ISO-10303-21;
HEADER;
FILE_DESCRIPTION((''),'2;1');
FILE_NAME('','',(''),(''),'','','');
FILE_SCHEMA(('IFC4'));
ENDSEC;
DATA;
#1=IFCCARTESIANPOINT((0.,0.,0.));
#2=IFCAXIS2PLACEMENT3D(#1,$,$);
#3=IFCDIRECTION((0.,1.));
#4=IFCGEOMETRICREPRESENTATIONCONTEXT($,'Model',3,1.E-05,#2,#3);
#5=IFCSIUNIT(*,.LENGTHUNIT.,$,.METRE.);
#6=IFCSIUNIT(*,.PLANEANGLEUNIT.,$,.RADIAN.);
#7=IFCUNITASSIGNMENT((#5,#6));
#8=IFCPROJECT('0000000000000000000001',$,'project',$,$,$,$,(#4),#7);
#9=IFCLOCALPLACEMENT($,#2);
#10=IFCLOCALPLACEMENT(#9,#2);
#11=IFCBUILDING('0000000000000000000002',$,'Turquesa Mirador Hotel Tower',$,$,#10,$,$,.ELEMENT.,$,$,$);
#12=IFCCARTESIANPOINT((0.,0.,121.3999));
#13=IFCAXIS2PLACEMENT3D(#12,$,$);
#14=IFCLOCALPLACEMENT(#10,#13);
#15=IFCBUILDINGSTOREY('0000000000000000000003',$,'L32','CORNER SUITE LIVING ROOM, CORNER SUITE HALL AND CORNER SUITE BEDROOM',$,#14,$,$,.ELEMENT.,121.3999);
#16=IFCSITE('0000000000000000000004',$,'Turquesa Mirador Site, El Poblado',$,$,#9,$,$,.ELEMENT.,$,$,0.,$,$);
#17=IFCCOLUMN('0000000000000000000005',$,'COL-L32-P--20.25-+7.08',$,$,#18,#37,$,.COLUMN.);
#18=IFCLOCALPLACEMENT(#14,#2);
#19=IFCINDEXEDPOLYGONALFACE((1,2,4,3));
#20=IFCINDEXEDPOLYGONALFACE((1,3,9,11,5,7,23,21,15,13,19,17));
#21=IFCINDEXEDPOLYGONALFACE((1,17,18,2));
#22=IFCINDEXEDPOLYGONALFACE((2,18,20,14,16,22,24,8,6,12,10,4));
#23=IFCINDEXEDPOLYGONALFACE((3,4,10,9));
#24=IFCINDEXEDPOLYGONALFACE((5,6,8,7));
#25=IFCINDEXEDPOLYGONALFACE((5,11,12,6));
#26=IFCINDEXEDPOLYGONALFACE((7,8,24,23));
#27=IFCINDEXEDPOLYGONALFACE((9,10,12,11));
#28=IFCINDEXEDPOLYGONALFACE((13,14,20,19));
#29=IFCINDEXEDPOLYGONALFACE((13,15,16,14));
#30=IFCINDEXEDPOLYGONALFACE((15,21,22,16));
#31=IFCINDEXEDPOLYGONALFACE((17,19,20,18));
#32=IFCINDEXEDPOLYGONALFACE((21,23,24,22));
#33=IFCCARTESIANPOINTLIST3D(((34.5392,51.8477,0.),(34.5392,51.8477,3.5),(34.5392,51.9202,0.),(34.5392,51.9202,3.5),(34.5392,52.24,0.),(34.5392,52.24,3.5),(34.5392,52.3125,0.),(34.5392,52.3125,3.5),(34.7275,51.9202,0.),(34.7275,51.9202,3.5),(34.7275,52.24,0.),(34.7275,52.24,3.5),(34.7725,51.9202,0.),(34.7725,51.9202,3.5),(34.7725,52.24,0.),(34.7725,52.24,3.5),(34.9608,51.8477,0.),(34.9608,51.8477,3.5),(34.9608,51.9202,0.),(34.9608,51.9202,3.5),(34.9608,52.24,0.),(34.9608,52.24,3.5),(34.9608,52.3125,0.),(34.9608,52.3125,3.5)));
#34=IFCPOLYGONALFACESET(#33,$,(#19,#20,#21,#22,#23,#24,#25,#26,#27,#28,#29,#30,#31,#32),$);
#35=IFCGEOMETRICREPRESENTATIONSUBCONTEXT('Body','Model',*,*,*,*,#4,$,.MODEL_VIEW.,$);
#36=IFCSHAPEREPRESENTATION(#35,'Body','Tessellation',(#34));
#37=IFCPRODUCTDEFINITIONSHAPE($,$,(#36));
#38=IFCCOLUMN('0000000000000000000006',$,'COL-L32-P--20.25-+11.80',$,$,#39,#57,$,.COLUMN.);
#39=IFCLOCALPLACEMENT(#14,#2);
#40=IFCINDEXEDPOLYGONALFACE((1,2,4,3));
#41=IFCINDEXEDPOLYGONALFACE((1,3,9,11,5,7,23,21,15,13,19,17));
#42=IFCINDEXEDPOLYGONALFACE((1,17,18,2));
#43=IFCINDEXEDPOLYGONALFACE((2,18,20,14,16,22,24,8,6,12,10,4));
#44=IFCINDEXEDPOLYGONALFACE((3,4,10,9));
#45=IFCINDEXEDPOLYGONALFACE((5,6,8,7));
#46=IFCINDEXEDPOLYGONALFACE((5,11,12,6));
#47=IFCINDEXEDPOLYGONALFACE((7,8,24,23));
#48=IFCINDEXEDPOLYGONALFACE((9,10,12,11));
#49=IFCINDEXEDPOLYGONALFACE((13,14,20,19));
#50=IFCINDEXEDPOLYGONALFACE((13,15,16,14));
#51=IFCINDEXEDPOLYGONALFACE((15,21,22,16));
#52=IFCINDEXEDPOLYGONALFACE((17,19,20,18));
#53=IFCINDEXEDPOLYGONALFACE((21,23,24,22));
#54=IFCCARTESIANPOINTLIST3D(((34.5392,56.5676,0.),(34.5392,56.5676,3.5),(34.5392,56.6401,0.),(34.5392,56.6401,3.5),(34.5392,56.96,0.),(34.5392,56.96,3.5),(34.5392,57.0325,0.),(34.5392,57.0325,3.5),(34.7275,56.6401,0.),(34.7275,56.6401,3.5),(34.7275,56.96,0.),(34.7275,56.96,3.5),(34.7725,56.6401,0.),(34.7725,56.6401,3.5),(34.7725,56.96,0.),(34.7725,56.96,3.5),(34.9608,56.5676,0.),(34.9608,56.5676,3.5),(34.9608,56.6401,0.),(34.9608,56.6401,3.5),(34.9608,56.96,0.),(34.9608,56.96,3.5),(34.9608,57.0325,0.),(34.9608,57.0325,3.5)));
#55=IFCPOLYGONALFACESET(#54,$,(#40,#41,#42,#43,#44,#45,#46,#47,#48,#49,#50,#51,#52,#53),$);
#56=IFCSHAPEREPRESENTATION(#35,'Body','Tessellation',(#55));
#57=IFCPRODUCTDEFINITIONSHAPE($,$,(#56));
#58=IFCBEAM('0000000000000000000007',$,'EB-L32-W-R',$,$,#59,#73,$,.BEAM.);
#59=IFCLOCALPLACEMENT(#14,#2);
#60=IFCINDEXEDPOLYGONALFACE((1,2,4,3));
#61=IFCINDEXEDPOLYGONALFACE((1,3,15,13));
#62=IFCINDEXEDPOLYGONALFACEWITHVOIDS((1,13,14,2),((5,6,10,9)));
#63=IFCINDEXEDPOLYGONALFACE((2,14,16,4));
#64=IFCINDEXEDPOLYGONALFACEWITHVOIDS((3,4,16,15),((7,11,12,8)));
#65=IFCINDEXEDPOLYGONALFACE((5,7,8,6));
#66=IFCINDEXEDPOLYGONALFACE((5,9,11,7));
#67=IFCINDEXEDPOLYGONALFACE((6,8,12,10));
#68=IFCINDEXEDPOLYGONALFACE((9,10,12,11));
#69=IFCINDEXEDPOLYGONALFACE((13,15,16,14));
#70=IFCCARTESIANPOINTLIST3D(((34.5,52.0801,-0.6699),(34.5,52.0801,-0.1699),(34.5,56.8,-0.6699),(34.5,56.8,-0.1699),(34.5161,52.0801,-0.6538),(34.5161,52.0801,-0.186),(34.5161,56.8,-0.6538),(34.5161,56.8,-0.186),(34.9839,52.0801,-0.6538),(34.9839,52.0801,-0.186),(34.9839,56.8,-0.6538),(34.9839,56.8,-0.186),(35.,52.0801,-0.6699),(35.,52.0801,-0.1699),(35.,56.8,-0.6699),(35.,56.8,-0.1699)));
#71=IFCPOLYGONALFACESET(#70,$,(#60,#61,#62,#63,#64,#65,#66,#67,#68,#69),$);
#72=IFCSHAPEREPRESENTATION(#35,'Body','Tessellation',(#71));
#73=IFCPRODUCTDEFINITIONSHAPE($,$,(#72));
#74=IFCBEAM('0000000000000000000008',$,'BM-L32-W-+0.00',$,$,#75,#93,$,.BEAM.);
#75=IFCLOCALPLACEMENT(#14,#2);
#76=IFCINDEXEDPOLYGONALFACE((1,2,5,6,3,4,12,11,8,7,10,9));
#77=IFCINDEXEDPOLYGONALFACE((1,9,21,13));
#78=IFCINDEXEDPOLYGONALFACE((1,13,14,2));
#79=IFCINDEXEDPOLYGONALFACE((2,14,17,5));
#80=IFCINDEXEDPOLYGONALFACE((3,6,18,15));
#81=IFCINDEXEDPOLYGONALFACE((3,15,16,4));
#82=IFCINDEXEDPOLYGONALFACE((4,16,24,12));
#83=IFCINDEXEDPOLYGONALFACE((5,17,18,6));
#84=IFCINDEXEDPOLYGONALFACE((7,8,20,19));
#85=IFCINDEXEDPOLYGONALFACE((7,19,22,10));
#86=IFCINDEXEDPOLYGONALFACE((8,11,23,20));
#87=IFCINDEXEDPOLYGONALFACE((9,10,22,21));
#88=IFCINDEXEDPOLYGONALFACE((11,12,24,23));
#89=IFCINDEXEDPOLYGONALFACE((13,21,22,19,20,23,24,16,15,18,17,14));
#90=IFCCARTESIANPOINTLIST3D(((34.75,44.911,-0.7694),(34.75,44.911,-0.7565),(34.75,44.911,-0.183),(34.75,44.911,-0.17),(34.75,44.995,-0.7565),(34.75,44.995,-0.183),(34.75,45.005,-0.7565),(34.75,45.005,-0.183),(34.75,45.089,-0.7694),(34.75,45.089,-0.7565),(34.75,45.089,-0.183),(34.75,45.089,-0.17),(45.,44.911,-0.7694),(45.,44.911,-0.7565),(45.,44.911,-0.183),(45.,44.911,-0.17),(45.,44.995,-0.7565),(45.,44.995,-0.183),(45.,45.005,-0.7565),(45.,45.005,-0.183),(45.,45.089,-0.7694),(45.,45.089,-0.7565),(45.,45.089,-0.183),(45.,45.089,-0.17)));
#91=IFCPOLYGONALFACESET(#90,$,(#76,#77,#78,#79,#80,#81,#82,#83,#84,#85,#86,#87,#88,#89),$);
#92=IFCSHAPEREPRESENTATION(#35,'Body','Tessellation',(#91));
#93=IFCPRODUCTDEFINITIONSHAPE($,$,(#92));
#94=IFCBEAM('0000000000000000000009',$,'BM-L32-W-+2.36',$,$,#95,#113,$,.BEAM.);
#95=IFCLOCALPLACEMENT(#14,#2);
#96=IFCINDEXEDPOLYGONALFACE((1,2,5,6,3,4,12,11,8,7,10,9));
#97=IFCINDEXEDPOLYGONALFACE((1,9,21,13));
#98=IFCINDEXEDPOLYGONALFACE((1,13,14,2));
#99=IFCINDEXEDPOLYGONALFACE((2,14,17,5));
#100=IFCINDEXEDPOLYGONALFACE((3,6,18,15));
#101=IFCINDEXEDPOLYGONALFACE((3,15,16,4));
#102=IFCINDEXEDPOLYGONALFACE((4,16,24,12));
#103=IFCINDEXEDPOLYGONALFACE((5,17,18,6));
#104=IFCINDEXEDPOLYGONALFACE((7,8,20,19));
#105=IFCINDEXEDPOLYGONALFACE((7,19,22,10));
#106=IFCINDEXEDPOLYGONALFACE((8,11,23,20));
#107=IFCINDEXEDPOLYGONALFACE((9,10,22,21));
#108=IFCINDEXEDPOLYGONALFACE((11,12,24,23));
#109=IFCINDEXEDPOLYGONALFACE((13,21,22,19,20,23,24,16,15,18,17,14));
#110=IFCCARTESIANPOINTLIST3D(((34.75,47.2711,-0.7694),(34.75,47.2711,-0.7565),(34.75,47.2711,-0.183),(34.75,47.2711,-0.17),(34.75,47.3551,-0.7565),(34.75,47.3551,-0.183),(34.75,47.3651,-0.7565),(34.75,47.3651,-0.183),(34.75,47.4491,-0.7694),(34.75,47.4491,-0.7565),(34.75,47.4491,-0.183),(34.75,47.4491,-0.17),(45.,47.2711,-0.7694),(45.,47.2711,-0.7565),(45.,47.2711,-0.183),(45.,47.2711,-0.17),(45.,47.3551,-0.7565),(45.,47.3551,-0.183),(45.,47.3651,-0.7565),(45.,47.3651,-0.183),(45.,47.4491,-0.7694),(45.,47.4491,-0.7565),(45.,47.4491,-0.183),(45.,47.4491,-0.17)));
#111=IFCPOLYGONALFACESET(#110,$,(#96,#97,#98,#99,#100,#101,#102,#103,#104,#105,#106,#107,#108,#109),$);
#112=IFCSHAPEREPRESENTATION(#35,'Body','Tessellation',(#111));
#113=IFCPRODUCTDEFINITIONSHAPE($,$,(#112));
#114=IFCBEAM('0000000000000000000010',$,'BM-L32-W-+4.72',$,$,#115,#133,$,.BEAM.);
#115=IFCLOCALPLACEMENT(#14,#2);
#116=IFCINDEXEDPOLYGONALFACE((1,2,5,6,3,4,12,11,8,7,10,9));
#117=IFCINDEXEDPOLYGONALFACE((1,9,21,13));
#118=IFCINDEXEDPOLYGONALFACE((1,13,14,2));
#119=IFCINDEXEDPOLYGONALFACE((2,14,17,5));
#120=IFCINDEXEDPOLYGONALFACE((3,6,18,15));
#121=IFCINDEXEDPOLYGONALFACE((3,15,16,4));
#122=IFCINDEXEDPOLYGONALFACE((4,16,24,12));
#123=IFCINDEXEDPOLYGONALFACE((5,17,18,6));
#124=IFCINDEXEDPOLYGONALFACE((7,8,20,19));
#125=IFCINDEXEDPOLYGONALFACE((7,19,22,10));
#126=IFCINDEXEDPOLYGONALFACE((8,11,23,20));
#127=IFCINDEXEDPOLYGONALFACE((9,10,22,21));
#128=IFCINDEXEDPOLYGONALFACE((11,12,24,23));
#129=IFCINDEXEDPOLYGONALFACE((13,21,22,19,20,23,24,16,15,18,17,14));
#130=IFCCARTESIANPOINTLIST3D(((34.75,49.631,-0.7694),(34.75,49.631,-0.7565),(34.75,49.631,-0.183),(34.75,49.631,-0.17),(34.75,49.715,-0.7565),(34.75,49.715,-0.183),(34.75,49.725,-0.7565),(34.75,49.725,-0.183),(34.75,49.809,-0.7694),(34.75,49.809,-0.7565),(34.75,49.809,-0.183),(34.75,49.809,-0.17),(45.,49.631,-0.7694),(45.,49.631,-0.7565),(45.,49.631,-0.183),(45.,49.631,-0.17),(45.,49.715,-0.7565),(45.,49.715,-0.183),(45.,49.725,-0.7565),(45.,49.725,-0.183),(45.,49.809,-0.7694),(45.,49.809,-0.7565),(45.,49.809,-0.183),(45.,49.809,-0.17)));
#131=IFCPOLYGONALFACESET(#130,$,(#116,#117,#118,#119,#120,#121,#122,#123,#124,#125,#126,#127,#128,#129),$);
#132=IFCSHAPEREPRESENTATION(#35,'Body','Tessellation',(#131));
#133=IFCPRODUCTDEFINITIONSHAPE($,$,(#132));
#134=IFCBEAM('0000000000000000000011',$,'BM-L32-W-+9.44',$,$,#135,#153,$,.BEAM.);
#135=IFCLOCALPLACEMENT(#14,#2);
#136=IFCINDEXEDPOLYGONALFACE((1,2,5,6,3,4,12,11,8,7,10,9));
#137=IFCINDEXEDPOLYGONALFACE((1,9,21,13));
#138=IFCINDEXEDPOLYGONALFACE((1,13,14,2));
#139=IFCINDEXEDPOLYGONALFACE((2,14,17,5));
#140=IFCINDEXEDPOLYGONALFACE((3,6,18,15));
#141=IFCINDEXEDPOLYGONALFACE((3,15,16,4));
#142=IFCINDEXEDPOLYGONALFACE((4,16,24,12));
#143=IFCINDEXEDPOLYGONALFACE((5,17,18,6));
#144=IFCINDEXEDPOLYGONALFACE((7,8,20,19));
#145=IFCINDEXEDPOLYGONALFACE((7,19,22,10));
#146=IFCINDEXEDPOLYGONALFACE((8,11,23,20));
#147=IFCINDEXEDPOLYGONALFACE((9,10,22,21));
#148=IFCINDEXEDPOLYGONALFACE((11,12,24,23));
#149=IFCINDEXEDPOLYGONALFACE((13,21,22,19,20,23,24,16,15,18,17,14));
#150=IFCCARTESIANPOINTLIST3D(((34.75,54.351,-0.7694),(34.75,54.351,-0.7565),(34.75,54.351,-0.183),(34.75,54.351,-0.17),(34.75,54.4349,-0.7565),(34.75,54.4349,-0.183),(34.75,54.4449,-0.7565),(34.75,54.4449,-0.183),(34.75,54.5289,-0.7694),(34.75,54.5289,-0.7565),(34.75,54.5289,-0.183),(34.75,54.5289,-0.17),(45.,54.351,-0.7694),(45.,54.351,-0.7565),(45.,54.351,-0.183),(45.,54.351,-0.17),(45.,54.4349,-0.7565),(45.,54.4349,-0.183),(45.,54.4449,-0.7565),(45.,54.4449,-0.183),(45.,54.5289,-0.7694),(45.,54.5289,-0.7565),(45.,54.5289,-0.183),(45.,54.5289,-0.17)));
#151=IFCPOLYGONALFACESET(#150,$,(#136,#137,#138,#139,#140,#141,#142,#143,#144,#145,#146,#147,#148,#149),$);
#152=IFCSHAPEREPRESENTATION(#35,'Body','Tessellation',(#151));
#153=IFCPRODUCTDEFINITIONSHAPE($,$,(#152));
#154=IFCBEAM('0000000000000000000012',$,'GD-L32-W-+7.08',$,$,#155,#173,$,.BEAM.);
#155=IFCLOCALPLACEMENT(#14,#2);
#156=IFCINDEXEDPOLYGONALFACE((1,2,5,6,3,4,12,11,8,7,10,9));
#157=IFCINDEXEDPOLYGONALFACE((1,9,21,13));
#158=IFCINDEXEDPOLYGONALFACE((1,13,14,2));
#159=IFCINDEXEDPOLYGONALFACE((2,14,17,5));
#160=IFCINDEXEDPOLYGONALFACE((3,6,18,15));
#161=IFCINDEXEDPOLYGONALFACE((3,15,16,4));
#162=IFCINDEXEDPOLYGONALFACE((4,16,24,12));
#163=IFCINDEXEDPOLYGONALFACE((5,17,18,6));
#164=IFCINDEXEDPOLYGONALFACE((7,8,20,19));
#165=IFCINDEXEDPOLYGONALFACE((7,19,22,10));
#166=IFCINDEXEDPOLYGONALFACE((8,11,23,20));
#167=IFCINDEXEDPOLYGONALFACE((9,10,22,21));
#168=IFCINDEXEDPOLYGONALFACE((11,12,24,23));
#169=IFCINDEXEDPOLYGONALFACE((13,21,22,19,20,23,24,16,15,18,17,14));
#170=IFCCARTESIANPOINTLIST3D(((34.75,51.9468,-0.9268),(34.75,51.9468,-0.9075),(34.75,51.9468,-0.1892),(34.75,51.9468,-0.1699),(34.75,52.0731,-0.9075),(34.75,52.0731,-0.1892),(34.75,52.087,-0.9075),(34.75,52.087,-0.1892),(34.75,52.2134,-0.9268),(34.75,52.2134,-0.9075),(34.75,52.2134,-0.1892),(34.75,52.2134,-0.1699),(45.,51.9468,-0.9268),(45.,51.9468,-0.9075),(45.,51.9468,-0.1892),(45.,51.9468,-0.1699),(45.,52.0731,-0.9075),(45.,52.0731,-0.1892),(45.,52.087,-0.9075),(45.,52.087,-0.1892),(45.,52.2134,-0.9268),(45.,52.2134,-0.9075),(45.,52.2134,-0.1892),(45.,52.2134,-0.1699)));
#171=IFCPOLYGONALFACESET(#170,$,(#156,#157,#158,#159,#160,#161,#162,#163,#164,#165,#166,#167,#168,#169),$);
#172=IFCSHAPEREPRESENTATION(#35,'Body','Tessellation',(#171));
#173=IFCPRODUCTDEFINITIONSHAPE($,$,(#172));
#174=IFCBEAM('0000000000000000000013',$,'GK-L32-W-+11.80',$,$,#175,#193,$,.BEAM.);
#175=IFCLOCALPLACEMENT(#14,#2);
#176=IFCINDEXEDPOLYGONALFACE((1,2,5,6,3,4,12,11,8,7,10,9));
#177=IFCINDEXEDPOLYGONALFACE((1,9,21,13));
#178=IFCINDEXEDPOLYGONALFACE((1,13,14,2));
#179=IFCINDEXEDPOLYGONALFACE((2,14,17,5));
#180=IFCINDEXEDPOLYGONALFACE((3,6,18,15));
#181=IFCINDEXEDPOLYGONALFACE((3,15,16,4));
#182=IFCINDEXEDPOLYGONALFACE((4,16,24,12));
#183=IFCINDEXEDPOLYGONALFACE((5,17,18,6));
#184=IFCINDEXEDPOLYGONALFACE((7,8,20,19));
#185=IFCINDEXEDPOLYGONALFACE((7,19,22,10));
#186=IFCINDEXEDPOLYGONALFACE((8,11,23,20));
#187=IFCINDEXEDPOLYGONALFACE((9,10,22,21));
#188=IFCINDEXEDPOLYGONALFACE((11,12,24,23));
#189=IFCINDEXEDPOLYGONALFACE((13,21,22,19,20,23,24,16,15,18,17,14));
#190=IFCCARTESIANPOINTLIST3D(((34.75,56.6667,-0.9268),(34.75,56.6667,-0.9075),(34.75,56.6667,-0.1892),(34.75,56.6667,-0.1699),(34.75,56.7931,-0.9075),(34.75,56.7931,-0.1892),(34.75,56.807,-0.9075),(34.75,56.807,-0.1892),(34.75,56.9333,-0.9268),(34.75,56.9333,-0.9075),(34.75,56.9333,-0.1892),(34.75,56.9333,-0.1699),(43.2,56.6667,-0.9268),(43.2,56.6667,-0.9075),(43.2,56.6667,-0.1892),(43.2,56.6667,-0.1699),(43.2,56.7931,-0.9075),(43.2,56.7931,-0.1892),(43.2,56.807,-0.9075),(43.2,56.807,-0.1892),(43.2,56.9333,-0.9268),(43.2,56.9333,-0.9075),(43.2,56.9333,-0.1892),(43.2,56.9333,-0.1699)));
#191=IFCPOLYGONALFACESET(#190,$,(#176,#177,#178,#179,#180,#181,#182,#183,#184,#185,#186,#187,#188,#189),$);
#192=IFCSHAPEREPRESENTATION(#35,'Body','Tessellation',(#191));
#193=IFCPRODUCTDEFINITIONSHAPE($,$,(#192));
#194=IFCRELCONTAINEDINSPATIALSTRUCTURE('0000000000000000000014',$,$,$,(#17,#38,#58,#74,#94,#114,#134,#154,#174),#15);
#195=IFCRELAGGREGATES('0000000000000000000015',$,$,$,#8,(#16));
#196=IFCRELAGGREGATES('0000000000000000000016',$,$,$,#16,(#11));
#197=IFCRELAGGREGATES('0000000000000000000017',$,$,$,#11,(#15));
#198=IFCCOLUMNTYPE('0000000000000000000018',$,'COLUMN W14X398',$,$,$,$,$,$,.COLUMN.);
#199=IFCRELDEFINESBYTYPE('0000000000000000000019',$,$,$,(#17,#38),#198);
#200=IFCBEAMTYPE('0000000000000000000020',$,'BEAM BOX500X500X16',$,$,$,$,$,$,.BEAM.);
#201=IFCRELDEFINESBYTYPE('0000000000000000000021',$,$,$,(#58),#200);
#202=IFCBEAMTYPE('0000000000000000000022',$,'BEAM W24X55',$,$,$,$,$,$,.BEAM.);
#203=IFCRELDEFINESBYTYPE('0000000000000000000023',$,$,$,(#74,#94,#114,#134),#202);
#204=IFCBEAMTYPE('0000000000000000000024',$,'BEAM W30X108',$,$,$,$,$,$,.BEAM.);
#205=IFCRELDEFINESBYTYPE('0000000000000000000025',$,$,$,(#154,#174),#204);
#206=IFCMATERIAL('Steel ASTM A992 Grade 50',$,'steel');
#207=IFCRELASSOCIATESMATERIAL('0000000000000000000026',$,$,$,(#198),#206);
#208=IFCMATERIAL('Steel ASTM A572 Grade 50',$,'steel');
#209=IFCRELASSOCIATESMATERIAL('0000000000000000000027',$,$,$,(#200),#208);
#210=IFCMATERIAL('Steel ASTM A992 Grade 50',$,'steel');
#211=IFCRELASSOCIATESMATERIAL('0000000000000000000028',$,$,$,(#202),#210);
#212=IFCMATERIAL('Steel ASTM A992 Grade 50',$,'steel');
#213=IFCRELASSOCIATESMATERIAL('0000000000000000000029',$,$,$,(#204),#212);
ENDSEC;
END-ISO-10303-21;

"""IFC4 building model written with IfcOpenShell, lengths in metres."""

from ifc_helpers import new_model, si_unit, direction, frame, origin, origin_2d, place, context, subcontext, project, spatial, hollow_rectangle, i_section, extrude, material, material_profile, profile_set, type_object, element, save


model = new_model("IFC4")

# Units and contexts
model_context = context("Model", 3, precision=1e-05, world=origin(), true_north=direction((0.0, 1.0)))
body_context = subcontext(model_context, "Body", "Model", "MODEL_VIEW")
ifc_project = project(units=[si_unit("LENGTHUNIT", "METRE"), si_unit("PLANEANGLEUNIT", "RADIAN")], contexts=[model_context])

# Site, building, storey
site_placement = place(None, origin())
site = spatial("IfcSite", under=ifc_project, at=site_placement, Name="Turquesa Mirador Site, El Poblado", CompositionType="ELEMENT", RefElevation=0.0)
building_placement = place(site_placement, origin())
building = spatial("IfcBuilding", under=site, at=building_placement, Name="Turquesa Mirador Hotel Tower", CompositionType="ELEMENT")
storey_placement = place(building_placement, frame((0.0, 0.0, 121.3999)))
storey = spatial("IfcBuildingStorey", under=building, at=storey_placement, Name="L32", Description="CORNER SUITE LIVING ROOM, CORNER SUITE HALL AND CORNER SUITE BEDROOM", CompositionType="ELEMENT", Elevation=121.3999)

# Columns
ifc_material_1 = material(Name="Steel ASTM A992 Grade 50", Category="steel")
ifc_material_profile_1 = material_profile(ifc_material_1, i_section(OverallWidth=0.4216, OverallDepth=0.4648, WebThickness=0.0449, FlangeThickness=0.0725, at=origin_2d()), Name="W14X398")
ifc_profile_set_1 = profile_set([ifc_material_profile_1], Name="Steel ASTM A992 Grade 50")
column_type = type_object("IfcColumnType", Name="COLUMN W14X398", PredefinedType="COLUMN", material=ifc_profile_set_1)
for number, where, z_axis, x_axis, name in (
    (1, (34.75, 52.0801, 0.0), (0.0, 0.0, 1.0), (1.0, 0.0, 0.0), "COL-L32-P--20.25-+7.08"),
    (2, (34.75, 56.8, 0.0), (0.0, 0.0, 1.0), (1.0, 0.0, 0.0), "COL-L32-P--20.25-+11.80"),
):
    element("IfcColumn", number, at=place(storey_placement, frame(where, z_axis=z_axis, x_axis=x_axis)), inside=storey, type_object=column_type, Name=name, PredefinedType="COLUMN", context=body_context, shape_type="SweptSolid", body=[
        extrude(i_section(OverallWidth=0.4216, OverallDepth=0.4648, WebThickness=0.0449, FlangeThickness=0.0725, at=origin_2d()), origin(), (0.0, 0.0, 1.0), 3.5),
    ])

# Beams
ifc_material_2 = material(Name="Steel ASTM A572 Grade 50", Category="steel")
ifc_material_profile_2 = material_profile(ifc_material_2, hollow_rectangle(XDim=0.5, YDim=0.5, WallThickness=0.0161, at=origin_2d()), Name="BOX500X500X16")
ifc_profile_set_2 = profile_set([ifc_material_profile_2], Name="Steel ASTM A572 Grade 50")
beam_type_1 = type_object("IfcBeamType", Name="BEAM BOX500X500X16", PredefinedType="BEAM", material=ifc_profile_set_2)
beam_1_placement = place(storey_placement, frame((34.75, 52.0801, -0.4199), z_axis=(0.0, 1.0, 0.0), x_axis=(-1.0, 0.0, 0.0)))
element("IfcBeam", 3, at=beam_1_placement, inside=storey, type_object=beam_type_1, Name="EB-L32-W-R", PredefinedType="BEAM", context=body_context, shape_type="SweptSolid", body=[
    extrude(hollow_rectangle(XDim=0.5, YDim=0.5, WallThickness=0.0161, at=origin_2d()), origin(), (0.0, 0.0, 1.0), 4.72),
])
ifc_material_3 = material(Name="Steel ASTM A992 Grade 50", Category="steel")
ifc_material_profile_3 = material_profile(ifc_material_3, i_section(OverallWidth=0.178, OverallDepth=0.5994, WebThickness=0.01, FlangeThickness=0.0129, at=origin_2d()), Name="W24X55")
ifc_profile_set_3 = profile_set([ifc_material_profile_3], Name="Steel ASTM A992 Grade 50")
beam_type_2 = type_object("IfcBeamType", Name="BEAM W24X55", PredefinedType="BEAM", material=ifc_profile_set_3)
for number, where, z_axis, x_axis, name in (
    (4, (34.75, 45.0, -0.4697), (1.0, 0.0, 0.0), (0.0, 1.0, 0.0), "BM-L32-W-+0.00"),
    (5, (34.75, 47.3601, -0.4697), (1.0, 0.0, 0.0), (0.0, 1.0, 0.0), "BM-L32-W-+2.36"),
    (6, (34.75, 49.72, -0.4697), (1.0, 0.0, 0.0), (0.0, 1.0, 0.0), "BM-L32-W-+4.72"),
    (7, (34.75, 54.4399, -0.4697), (1.0, 0.0, 0.0), (0.0, 1.0, 0.0), "BM-L32-W-+9.44"),
):
    element("IfcBeam", number, at=place(storey_placement, frame(where, z_axis=z_axis, x_axis=x_axis)), inside=storey, type_object=beam_type_2, Name=name, PredefinedType="BEAM", context=body_context, shape_type="SweptSolid", body=[
        extrude(i_section(OverallWidth=0.178, OverallDepth=0.5994, WebThickness=0.01, FlangeThickness=0.0129, at=origin_2d()), origin(), (0.0, 0.0, 1.0), 10.25),
    ])
ifc_material_4 = material(Name="Steel ASTM A992 Grade 50", Category="steel")
ifc_material_profile_4 = material_profile(ifc_material_4, i_section(OverallWidth=0.2666, OverallDepth=0.7568, WebThickness=0.0139, FlangeThickness=0.0193, at=origin_2d()), Name="W30X108")
ifc_profile_set_4 = profile_set([ifc_material_profile_4], Name="Steel ASTM A992 Grade 50")
beam_type_3 = type_object("IfcBeamType", Name="BEAM W30X108", PredefinedType="BEAM", material=ifc_profile_set_4)
beam_2_placement = place(storey_placement, frame((34.75, 52.0801, -0.5483), z_axis=(1.0, 0.0, 0.0), x_axis=(0.0, 1.0, 0.0)))
element("IfcBeam", 8, at=beam_2_placement, inside=storey, type_object=beam_type_3, Name="GD-L32-W-+7.08", PredefinedType="BEAM", context=body_context, shape_type="SweptSolid", body=[
    extrude(i_section(OverallWidth=0.2666, OverallDepth=0.7568, WebThickness=0.0139, FlangeThickness=0.0193, at=origin_2d()), origin(), (0.0, 0.0, 1.0), 10.25),
])
beam_3_placement = place(storey_placement, frame((34.75, 56.8, -0.5483), z_axis=(1.0, 0.0, 0.0), x_axis=(0.0, 1.0, 0.0)))
element("IfcBeam", 9, at=beam_3_placement, inside=storey, type_object=beam_type_3, Name="GK-L32-W-+11.80", PredefinedType="BEAM", context=body_context, shape_type="SweptSolid", body=[
    extrude(i_section(OverallWidth=0.2666, OverallDepth=0.7568, WebThickness=0.0139, FlangeThickness=0.0193, at=origin_2d()), origin(), (0.0, 0.0, 1.0), 8.45),
])

save(model, "model.ifc")
